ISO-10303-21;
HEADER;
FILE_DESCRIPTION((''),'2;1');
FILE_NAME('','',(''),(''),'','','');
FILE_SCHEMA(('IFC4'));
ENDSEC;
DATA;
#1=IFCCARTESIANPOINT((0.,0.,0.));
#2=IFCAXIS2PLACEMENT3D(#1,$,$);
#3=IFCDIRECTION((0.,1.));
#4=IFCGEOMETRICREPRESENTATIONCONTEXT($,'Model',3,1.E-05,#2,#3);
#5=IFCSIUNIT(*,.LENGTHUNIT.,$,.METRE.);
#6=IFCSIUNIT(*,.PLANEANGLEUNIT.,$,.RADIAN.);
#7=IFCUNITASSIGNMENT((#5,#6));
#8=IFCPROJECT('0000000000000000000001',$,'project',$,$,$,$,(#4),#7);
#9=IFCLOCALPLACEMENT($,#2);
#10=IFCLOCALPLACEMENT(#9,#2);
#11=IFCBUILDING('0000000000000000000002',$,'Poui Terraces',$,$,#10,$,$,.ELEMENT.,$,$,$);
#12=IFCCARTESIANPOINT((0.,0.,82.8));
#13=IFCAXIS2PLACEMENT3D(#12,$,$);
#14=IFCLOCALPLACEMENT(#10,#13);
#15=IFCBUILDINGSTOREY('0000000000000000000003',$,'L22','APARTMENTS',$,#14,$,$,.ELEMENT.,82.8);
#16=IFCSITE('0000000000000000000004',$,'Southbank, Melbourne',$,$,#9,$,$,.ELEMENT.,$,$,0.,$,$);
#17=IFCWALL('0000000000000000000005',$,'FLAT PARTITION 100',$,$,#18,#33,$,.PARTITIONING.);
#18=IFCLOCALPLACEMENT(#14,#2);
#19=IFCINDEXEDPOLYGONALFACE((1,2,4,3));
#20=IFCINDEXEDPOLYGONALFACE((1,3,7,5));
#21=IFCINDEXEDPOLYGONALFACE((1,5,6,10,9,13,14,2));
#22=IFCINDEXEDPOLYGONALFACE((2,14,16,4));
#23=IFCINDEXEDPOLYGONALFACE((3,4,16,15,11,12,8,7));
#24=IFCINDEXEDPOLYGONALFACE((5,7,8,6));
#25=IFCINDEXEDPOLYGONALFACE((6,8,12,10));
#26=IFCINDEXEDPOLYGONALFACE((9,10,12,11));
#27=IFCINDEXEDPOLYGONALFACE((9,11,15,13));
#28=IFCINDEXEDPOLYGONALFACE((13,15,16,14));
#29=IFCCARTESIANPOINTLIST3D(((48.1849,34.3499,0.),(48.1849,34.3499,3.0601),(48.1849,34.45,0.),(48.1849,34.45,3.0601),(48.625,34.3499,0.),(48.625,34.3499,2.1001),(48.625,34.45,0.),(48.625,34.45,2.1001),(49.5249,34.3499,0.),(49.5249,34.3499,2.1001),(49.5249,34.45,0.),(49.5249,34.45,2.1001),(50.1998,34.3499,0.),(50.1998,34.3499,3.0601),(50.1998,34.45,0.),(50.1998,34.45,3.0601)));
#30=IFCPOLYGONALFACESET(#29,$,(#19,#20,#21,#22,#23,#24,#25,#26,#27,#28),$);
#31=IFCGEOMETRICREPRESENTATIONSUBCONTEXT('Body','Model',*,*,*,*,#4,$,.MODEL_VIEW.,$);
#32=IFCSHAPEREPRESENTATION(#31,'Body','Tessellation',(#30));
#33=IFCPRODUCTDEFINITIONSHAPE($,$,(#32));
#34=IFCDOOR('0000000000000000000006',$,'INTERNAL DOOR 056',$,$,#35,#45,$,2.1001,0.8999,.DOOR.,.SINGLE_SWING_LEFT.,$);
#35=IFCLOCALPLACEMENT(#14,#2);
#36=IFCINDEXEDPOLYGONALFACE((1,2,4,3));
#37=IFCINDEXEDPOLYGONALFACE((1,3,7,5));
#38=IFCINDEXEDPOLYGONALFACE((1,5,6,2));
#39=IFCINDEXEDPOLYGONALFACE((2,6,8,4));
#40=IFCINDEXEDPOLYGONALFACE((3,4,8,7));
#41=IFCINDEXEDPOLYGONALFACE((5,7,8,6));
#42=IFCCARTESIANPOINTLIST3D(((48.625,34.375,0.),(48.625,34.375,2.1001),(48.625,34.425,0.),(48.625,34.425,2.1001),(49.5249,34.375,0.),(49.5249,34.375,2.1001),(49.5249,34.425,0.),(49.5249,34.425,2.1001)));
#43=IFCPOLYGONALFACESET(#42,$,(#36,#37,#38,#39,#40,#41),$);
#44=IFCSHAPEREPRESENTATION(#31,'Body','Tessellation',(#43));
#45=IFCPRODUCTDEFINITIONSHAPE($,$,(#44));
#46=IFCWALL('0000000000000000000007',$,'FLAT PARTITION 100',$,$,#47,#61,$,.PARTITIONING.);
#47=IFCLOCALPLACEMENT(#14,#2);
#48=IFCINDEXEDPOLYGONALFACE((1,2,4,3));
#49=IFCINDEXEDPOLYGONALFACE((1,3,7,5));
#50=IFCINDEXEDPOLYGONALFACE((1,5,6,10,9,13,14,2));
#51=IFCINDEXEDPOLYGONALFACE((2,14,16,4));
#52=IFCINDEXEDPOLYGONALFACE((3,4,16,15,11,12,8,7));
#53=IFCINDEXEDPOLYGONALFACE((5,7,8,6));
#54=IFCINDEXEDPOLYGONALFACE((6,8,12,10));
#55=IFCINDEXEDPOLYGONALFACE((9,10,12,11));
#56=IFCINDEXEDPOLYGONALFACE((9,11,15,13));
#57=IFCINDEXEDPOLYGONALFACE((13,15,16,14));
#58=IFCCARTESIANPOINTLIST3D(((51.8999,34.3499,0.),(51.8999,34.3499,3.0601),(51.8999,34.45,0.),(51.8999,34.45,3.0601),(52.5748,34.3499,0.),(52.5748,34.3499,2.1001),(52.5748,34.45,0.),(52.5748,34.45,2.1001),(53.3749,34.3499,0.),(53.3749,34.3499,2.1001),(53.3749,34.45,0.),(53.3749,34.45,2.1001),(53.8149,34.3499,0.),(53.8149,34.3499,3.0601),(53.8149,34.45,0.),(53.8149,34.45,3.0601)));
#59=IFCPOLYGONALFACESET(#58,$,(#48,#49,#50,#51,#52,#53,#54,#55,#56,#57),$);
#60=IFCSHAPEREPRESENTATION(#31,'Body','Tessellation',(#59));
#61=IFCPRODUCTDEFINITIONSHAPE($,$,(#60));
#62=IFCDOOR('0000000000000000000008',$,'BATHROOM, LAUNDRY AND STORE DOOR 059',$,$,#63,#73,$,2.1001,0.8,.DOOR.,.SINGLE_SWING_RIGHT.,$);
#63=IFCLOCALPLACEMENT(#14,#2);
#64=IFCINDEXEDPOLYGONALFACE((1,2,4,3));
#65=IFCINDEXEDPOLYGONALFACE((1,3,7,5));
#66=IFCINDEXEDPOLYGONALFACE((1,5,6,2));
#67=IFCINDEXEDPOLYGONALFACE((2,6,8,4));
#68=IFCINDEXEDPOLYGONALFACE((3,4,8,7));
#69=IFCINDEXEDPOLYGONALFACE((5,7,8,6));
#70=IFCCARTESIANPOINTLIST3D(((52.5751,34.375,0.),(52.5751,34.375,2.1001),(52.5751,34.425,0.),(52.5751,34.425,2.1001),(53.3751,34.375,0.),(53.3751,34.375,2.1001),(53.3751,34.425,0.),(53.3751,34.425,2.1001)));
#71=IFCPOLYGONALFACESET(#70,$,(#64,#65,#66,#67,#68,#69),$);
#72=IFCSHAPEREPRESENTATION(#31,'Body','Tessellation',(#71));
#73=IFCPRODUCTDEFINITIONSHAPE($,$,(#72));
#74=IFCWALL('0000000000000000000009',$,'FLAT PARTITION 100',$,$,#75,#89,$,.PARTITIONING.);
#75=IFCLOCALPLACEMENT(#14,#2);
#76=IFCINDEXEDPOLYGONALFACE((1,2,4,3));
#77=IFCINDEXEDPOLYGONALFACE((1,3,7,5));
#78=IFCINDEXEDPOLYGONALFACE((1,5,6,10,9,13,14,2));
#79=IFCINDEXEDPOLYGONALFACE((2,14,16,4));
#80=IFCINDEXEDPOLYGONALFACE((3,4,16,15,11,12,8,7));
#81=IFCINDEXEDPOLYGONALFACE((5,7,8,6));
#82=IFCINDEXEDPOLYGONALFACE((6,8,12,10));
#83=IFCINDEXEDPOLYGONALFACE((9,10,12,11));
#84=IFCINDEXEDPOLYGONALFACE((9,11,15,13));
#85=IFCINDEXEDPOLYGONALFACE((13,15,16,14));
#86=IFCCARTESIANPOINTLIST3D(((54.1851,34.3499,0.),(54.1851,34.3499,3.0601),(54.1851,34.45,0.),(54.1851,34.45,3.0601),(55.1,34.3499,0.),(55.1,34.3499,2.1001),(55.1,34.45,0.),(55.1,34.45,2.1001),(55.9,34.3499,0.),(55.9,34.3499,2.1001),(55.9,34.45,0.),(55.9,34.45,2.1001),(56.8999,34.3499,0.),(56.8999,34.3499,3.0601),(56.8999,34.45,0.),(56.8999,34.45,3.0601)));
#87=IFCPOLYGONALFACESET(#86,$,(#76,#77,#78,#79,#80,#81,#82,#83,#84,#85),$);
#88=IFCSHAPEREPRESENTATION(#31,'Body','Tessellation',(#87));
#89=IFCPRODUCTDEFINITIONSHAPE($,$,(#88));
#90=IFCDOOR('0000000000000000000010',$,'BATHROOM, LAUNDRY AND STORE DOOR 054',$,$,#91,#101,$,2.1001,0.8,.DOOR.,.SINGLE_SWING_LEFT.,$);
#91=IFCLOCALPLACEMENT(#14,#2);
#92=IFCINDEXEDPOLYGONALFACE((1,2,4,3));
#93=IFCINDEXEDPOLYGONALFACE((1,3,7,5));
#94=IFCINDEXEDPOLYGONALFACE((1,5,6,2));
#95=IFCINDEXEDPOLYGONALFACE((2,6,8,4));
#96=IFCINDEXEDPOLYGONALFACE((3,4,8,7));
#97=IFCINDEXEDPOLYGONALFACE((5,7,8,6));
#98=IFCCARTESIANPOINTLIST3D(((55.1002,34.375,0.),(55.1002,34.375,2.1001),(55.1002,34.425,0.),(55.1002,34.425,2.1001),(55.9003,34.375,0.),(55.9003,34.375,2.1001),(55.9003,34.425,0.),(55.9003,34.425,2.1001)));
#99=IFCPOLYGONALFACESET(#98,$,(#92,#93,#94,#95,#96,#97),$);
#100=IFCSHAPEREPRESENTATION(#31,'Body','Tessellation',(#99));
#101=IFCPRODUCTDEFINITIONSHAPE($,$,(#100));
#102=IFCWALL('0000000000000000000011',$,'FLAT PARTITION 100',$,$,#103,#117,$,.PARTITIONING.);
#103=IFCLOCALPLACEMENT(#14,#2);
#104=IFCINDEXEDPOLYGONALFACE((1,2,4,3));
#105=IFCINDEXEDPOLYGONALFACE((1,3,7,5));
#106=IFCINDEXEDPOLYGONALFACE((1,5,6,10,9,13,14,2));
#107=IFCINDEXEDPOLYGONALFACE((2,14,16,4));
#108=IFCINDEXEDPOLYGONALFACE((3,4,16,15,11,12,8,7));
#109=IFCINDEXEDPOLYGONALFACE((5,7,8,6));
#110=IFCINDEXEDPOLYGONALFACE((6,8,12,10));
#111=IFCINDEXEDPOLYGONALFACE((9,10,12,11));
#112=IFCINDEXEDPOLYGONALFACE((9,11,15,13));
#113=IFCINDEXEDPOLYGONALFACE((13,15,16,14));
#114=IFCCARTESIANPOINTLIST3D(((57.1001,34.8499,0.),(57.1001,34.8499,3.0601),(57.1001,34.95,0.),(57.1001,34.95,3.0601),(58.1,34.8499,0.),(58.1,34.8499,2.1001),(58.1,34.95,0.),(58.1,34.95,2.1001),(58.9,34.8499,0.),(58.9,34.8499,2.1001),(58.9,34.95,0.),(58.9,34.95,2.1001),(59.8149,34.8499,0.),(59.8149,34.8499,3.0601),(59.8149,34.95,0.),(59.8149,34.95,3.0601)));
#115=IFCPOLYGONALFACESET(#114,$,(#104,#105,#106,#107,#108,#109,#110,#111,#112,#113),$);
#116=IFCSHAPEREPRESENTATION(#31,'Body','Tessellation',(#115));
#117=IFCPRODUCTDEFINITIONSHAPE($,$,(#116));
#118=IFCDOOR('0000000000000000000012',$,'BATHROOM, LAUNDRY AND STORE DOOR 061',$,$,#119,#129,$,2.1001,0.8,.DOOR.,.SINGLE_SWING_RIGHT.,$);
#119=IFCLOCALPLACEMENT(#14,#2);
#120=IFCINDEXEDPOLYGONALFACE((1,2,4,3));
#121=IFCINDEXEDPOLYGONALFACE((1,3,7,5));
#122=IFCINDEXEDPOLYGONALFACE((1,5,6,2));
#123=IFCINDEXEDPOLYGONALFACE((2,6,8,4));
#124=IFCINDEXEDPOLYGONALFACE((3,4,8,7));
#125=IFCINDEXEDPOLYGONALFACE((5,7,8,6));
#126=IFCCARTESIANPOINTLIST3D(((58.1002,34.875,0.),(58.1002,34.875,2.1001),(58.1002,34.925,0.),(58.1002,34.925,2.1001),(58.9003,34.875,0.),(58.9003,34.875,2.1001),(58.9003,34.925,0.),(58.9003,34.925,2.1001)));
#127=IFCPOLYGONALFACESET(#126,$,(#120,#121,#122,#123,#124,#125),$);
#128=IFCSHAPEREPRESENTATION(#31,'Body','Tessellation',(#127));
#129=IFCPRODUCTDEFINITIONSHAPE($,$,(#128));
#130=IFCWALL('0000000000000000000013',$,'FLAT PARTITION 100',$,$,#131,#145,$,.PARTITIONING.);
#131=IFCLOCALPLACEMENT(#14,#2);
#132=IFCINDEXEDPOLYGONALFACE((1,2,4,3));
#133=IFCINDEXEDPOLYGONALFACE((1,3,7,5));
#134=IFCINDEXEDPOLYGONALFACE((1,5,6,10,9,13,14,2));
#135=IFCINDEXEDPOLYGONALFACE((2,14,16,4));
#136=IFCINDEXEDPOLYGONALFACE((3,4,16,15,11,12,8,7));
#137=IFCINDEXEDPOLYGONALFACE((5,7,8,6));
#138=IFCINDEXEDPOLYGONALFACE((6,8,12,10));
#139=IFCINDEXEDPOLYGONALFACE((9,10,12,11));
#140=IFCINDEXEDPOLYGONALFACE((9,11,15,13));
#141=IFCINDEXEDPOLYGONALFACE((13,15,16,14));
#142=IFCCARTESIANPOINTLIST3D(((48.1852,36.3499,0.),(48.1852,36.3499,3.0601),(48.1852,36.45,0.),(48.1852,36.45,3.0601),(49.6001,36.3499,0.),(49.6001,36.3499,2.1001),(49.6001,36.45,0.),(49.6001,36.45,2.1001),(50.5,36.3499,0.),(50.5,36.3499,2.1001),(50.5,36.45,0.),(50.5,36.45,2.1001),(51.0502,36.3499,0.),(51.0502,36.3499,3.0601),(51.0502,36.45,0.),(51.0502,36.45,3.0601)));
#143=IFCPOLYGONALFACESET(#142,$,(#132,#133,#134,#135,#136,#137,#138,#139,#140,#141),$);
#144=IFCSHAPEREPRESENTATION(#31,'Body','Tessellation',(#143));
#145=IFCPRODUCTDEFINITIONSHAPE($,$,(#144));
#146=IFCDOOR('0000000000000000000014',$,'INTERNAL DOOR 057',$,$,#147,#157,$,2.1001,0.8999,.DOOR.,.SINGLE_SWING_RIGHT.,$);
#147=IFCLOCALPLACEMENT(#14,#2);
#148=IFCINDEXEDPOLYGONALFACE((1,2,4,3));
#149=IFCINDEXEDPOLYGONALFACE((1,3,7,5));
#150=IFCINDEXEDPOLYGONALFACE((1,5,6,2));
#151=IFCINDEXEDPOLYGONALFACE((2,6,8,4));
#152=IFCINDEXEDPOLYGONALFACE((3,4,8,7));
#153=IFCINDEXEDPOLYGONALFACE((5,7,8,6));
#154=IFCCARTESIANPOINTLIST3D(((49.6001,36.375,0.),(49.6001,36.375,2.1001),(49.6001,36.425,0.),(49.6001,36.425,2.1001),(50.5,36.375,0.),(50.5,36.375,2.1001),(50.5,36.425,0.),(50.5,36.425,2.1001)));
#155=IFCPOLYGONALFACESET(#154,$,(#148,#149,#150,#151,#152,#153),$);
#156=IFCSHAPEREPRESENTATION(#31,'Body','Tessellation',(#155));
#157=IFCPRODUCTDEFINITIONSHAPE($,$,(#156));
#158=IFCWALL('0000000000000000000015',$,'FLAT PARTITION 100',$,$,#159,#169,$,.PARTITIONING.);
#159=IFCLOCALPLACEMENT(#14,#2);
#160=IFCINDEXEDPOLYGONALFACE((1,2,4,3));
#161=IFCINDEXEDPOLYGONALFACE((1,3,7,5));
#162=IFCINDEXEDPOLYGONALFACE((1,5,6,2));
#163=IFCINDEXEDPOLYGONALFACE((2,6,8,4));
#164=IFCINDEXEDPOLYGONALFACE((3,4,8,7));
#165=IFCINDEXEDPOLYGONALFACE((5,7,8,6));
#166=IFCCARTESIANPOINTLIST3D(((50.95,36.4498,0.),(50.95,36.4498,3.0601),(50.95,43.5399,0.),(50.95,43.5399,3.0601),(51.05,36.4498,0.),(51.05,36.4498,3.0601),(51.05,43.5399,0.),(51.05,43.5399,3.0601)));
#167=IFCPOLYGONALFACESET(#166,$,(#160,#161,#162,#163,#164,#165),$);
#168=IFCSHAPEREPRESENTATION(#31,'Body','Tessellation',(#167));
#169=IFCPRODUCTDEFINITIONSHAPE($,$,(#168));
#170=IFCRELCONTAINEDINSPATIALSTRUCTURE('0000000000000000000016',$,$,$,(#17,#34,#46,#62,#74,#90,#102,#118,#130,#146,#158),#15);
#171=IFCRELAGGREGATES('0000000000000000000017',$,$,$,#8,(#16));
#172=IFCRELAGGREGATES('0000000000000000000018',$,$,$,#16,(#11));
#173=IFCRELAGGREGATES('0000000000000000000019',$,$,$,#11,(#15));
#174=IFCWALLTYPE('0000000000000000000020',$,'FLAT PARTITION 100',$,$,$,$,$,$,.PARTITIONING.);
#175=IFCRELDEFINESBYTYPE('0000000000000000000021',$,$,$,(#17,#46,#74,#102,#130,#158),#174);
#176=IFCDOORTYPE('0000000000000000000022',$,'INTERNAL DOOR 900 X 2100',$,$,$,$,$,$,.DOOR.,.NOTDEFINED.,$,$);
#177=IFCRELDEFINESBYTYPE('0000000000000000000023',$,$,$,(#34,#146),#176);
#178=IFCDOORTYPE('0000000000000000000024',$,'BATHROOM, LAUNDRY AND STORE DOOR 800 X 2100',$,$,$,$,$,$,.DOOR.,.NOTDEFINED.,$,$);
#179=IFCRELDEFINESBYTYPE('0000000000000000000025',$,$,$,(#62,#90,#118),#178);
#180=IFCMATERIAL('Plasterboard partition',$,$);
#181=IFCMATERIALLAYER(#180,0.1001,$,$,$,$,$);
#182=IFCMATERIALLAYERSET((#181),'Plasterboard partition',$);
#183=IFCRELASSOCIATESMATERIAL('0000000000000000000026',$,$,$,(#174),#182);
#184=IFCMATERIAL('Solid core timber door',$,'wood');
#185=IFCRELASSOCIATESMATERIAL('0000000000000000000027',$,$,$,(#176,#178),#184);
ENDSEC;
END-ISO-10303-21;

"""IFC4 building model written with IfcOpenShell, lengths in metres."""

from ifc_helpers import new_model, si_unit, direction, frame, frame_2d, origin, place, context, subcontext, project, spatial, rectangle, extrude, material, layer, layer_set, type_object, element, fill, save


model = new_model("IFC4")

# Units and contexts
model_context = context("Model", 3, precision=1e-05, world=origin(), true_north=direction((0.0, 1.0)))
body_context = subcontext(model_context, "Body", "Model", "MODEL_VIEW")
ifc_project = project(units=[si_unit("LENGTHUNIT", "METRE"), si_unit("PLANEANGLEUNIT", "RADIAN")], contexts=[model_context])

# Site, building, storey
site_placement = place(None, origin())
site = spatial("IfcSite", under=ifc_project, at=site_placement, Name="Southbank, Melbourne", CompositionType="ELEMENT", RefElevation=0.0)
building_placement = place(site_placement, origin())
building = spatial("IfcBuilding", under=site, at=building_placement, Name="Poui Terraces", CompositionType="ELEMENT")
storey_placement = place(building_placement, frame((0.0, 0.0, 82.8)))
storey = spatial("IfcBuildingStorey", under=building, at=storey_placement, Name="L22", Description="APARTMENTS", CompositionType="ELEMENT", Elevation=82.8)

# Walls, openings, doors
ifc_material_1 = material(Name="Plasterboard partition")
ifc_layer_1 = layer(ifc_material_1, 0.1001)
ifc_layer_set_1 = layer_set([ifc_layer_1], Name="Plasterboard partition")
wall_type_1 = type_object("IfcWallType", Name="FLAT PARTITION 100", PredefinedType="PARTITIONING", material=ifc_layer_set_1)
wall_1_placement = place(storey_placement, frame((48.1851, 34.3999, 0.0), z_axis=(0.0, 0.0, 1.0), x_axis=(1.0, 0.0, 0.0)))
wall_1 = element("IfcWall", 1, at=wall_1_placement, inside=storey, type_object=wall_type_1, Name="FLAT PARTITION 100", PredefinedType="PARTITIONING", context=body_context, shape_type="SweptSolid", body=[
    extrude(rectangle(XDim=2.0149, YDim=0.1001, at=frame_2d((1.0073, 0.0))), origin(), (0.0, 0.0, 1.0), 3.0601),
])
opening_1_placement = place(wall_1_placement, frame((0.4399, 0.0, 0.0)))
opening_1 = element("IfcOpeningElement", 2, at=opening_1_placement, cuts=wall_1, PredefinedType="OPENING", context=body_context, shape_type="SweptSolid", body=[
    extrude(rectangle(XDim=0.8999, YDim=2.1001, at=frame_2d((0.45, 1.05))), frame((0.0, 0.0601, 0.0), z_axis=(0.0, -1.0, 0.0), x_axis=(1.0, 0.0, 0.0)), (0.0, 0.0, 1.0), 0.1201),
])
ifc_material_2 = material(Name="Solid core timber door", Category="wood")
door_type_1 = type_object("IfcDoorType", Name="INTERNAL DOOR 900 X 2100", OperationType="NOTDEFINED", PredefinedType="DOOR", material=ifc_material_2)
door_1_placement = place(opening_1_placement, frame((0.8999, 0.0, 0.0), z_axis=(0.0, 0.0, 1.0), x_axis=(-1.0, 0.0, 0.0)))
door_1 = element("IfcDoor", 3, at=door_1_placement, inside=storey, type_object=door_type_1, Name="INTERNAL DOOR 056", OperationType="SINGLE_SWING_LEFT", OverallHeight=2.1001, OverallWidth=0.8999, PredefinedType="DOOR", context=body_context, shape_type="SweptSolid", body=[
    extrude(rectangle(XDim=0.8999, YDim=2.1001, at=frame_2d((0.45, 1.05))), frame((0.0, 0.0249, 0.0), z_axis=(0.0, -1.0, 0.0), x_axis=(1.0, 0.0, 0.0)), (0.0, 0.0, 1.0), 0.05),
])
fill(opening_1, door_1)
wall_2_placement = place(storey_placement, frame((51.8999, 34.3999, 0.0), z_axis=(0.0, 0.0, 1.0), x_axis=(1.0, 0.0, 0.0)))
wall_2 = element("IfcWall", 4, at=wall_2_placement, inside=storey, type_object=wall_type_1, Name="FLAT PARTITION 100", PredefinedType="PARTITIONING", context=body_context, shape_type="SweptSolid", body=[
    extrude(rectangle(XDim=1.915, YDim=0.1001, at=frame_2d((0.9575, 0.0))), origin(), (0.0, 0.0, 1.0), 3.0601),
])
opening_2_placement = place(wall_2_placement, frame((0.675, 0.0, 0.0)))
opening_2 = element("IfcOpeningElement", 5, at=opening_2_placement, cuts=wall_2, PredefinedType="OPENING", context=body_context, shape_type="SweptSolid", body=[
    extrude(rectangle(XDim=0.8, YDim=2.1001, at=frame_2d((0.3999, 1.05))), frame((0.0, 0.0601, 0.0), z_axis=(0.0, -1.0, 0.0), x_axis=(1.0, 0.0, 0.0)), (0.0, 0.0, 1.0), 0.1201),
])
door_type_2 = type_object("IfcDoorType", Name="BATHROOM, LAUNDRY AND STORE DOOR 800 X 2100", OperationType="NOTDEFINED", PredefinedType="DOOR", material=ifc_material_2)
door_2_placement = place(opening_2_placement, frame((0.8, 0.0, 0.0), z_axis=(0.0, 0.0, 1.0), x_axis=(-1.0, 0.0, 0.0)))
door_2 = element("IfcDoor", 6, at=door_2_placement, inside=storey, type_object=door_type_2, Name="BATHROOM, LAUNDRY AND STORE DOOR 059", OperationType="SINGLE_SWING_RIGHT", OverallHeight=2.1001, OverallWidth=0.8, PredefinedType="DOOR", context=body_context, shape_type="SweptSolid", body=[
    extrude(rectangle(XDim=0.8, YDim=2.1001, at=frame_2d((0.3999, 1.05))), frame((0.0, 0.0249, 0.0), z_axis=(0.0, -1.0, 0.0), x_axis=(1.0, 0.0, 0.0)), (0.0, 0.0, 1.0), 0.05),
])
fill(opening_2, door_2)
wall_3_placement = place(storey_placement, frame((54.1851, 34.3999, 0.0), z_axis=(0.0, 0.0, 1.0), x_axis=(1.0, 0.0, 0.0)))
wall_3 = element("IfcWall", 7, at=wall_3_placement, inside=storey, type_object=wall_type_1, Name="FLAT PARTITION 100", PredefinedType="PARTITIONING", context=body_context, shape_type="SweptSolid", body=[
    extrude(rectangle(XDim=2.7148, YDim=0.1001, at=frame_2d((1.3574, 0.0))), origin(), (0.0, 0.0, 1.0), 3.0601),
])
opening_3_placement = place(wall_3_placement, frame((0.915, 0.0, 0.0)))
opening_3 = element("IfcOpeningElement", 8, at=opening_3_placement, cuts=wall_3, PredefinedType="OPENING", context=body_context, shape_type="SweptSolid", body=[
    extrude(rectangle(XDim=0.8, YDim=2.1001, at=frame_2d((0.3999, 1.05))), frame((0.0, 0.0601, 0.0), z_axis=(0.0, -1.0, 0.0), x_axis=(1.0, 0.0, 0.0)), (0.0, 0.0, 1.0), 0.1201),
])
door_3_placement = place(opening_3_placement, frame((0.8, 0.0, 0.0), z_axis=(0.0, 0.0, 1.0), x_axis=(-1.0, 0.0, 0.0)))
door_3 = element("IfcDoor", 9, at=door_3_placement, inside=storey, type_object=door_type_2, Name="BATHROOM, LAUNDRY AND STORE DOOR 054", OperationType="SINGLE_SWING_LEFT", OverallHeight=2.1001, OverallWidth=0.8, PredefinedType="DOOR", context=body_context, shape_type="SweptSolid", body=[
    extrude(rectangle(XDim=0.8, YDim=2.1001, at=frame_2d((0.3999, 1.05))), frame((0.0, 0.0249, 0.0), z_axis=(0.0, -1.0, 0.0), x_axis=(1.0, 0.0, 0.0)), (0.0, 0.0, 1.0), 0.05),
])
fill(opening_3, door_3)
wall_4_placement = place(storey_placement, frame((57.1001, 34.8999, 0.0), z_axis=(0.0, 0.0, 1.0), x_axis=(1.0, 0.0, 0.0)))
wall_4 = element("IfcWall", 10, at=wall_4_placement, inside=storey, type_object=wall_type_1, Name="FLAT PARTITION 100", PredefinedType="PARTITIONING", context=body_context, shape_type="SweptSolid", body=[
    extrude(rectangle(XDim=2.7148, YDim=0.1001, at=frame_2d((1.3574, 0.0))), origin(), (0.0, 0.0, 1.0), 3.0601),
])
opening_4_placement = place(wall_4_placement, frame((1.0, 0.0, 0.0)))
opening_4 = element("IfcOpeningElement", 11, at=opening_4_placement, cuts=wall_4, PredefinedType="OPENING", context=body_context, shape_type="SweptSolid", body=[
    extrude(rectangle(XDim=0.8, YDim=2.1001, at=frame_2d((0.3999, 1.05))), frame((0.0, 0.0601, 0.0), z_axis=(0.0, -1.0, 0.0), x_axis=(1.0, 0.0, 0.0)), (0.0, 0.0, 1.0), 0.1201),
])
door_4_placement = place(opening_4_placement, frame((0.8, 0.0, 0.0), z_axis=(0.0, 0.0, 1.0), x_axis=(-1.0, 0.0, 0.0)))
door_4 = element("IfcDoor", 12, at=door_4_placement, inside=storey, type_object=door_type_2, Name="BATHROOM, LAUNDRY AND STORE DOOR 061", OperationType="SINGLE_SWING_RIGHT", OverallHeight=2.1001, OverallWidth=0.8, PredefinedType="DOOR", context=body_context, shape_type="SweptSolid", body=[
    extrude(rectangle(XDim=0.8, YDim=2.1001, at=frame_2d((0.3999, 1.05))), frame((0.0, 0.0249, 0.0), z_axis=(0.0, -1.0, 0.0), x_axis=(1.0, 0.0, 0.0)), (0.0, 0.0, 1.0), 0.05),
])
fill(opening_4, door_4)
wall_5_placement = place(storey_placement, frame((48.1851, 36.3999, 0.0), z_axis=(0.0, 0.0, 1.0), x_axis=(1.0, 0.0, 0.0)))
wall_5 = element("IfcWall", 13, at=wall_5_placement, inside=storey, type_object=wall_type_1, Name="FLAT PARTITION 100", PredefinedType="PARTITIONING", context=body_context, shape_type="SweptSolid", body=[
    extrude(rectangle(XDim=2.865, YDim=0.1001, at=frame_2d((1.4326, 0.0))), origin(), (0.0, 0.0, 1.0), 3.0601),
])
opening_5_placement = place(wall_5_placement, frame((1.415, 0.0, 0.0)))
opening_5 = element("IfcOpeningElement", 14, at=opening_5_placement, cuts=wall_5, PredefinedType="OPENING", context=body_context, shape_type="SweptSolid", body=[
    extrude(rectangle(XDim=0.8999, YDim=2.1001, at=frame_2d((0.45, 1.05))), frame((0.0, 0.0601, 0.0), z_axis=(0.0, -1.0, 0.0), x_axis=(1.0, 0.0, 0.0)), (0.0, 0.0, 1.0), 0.1201),
])
door_5_placement = place(opening_5_placement, frame((0.8999, 0.0, 0.0), z_axis=(0.0, 0.0, 1.0), x_axis=(-1.0, 0.0, 0.0)))
door_5 = element("IfcDoor", 15, at=door_5_placement, inside=storey, type_object=door_type_1, Name="INTERNAL DOOR 057", OperationType="SINGLE_SWING_RIGHT", OverallHeight=2.1001, OverallWidth=0.8999, PredefinedType="DOOR", context=body_context, shape_type="SweptSolid", body=[
    extrude(rectangle(XDim=0.8999, YDim=2.1001, at=frame_2d((0.45, 1.05))), frame((0.0, 0.0249, 0.0), z_axis=(0.0, -1.0, 0.0), x_axis=(1.0, 0.0, 0.0)), (0.0, 0.0, 1.0), 0.05),
])
fill(opening_5, door_5)

# Wall
wall_6_placement = place(storey_placement, frame((51.0, 36.45, 0.0), z_axis=(0.0, 0.0, 1.0), x_axis=(0.0, 1.0, 0.0)))
element("IfcWall", 16, at=wall_6_placement, inside=storey, type_object=wall_type_1, Name="FLAT PARTITION 100", PredefinedType="PARTITIONING", context=body_context, shape_type="SweptSolid", body=[
    extrude(rectangle(XDim=7.0901, YDim=0.1001, at=frame_2d((3.5449, 0.0))), origin(), (0.0, 0.0, 1.0), 3.0601),
])

save(model, "model.ifc")
